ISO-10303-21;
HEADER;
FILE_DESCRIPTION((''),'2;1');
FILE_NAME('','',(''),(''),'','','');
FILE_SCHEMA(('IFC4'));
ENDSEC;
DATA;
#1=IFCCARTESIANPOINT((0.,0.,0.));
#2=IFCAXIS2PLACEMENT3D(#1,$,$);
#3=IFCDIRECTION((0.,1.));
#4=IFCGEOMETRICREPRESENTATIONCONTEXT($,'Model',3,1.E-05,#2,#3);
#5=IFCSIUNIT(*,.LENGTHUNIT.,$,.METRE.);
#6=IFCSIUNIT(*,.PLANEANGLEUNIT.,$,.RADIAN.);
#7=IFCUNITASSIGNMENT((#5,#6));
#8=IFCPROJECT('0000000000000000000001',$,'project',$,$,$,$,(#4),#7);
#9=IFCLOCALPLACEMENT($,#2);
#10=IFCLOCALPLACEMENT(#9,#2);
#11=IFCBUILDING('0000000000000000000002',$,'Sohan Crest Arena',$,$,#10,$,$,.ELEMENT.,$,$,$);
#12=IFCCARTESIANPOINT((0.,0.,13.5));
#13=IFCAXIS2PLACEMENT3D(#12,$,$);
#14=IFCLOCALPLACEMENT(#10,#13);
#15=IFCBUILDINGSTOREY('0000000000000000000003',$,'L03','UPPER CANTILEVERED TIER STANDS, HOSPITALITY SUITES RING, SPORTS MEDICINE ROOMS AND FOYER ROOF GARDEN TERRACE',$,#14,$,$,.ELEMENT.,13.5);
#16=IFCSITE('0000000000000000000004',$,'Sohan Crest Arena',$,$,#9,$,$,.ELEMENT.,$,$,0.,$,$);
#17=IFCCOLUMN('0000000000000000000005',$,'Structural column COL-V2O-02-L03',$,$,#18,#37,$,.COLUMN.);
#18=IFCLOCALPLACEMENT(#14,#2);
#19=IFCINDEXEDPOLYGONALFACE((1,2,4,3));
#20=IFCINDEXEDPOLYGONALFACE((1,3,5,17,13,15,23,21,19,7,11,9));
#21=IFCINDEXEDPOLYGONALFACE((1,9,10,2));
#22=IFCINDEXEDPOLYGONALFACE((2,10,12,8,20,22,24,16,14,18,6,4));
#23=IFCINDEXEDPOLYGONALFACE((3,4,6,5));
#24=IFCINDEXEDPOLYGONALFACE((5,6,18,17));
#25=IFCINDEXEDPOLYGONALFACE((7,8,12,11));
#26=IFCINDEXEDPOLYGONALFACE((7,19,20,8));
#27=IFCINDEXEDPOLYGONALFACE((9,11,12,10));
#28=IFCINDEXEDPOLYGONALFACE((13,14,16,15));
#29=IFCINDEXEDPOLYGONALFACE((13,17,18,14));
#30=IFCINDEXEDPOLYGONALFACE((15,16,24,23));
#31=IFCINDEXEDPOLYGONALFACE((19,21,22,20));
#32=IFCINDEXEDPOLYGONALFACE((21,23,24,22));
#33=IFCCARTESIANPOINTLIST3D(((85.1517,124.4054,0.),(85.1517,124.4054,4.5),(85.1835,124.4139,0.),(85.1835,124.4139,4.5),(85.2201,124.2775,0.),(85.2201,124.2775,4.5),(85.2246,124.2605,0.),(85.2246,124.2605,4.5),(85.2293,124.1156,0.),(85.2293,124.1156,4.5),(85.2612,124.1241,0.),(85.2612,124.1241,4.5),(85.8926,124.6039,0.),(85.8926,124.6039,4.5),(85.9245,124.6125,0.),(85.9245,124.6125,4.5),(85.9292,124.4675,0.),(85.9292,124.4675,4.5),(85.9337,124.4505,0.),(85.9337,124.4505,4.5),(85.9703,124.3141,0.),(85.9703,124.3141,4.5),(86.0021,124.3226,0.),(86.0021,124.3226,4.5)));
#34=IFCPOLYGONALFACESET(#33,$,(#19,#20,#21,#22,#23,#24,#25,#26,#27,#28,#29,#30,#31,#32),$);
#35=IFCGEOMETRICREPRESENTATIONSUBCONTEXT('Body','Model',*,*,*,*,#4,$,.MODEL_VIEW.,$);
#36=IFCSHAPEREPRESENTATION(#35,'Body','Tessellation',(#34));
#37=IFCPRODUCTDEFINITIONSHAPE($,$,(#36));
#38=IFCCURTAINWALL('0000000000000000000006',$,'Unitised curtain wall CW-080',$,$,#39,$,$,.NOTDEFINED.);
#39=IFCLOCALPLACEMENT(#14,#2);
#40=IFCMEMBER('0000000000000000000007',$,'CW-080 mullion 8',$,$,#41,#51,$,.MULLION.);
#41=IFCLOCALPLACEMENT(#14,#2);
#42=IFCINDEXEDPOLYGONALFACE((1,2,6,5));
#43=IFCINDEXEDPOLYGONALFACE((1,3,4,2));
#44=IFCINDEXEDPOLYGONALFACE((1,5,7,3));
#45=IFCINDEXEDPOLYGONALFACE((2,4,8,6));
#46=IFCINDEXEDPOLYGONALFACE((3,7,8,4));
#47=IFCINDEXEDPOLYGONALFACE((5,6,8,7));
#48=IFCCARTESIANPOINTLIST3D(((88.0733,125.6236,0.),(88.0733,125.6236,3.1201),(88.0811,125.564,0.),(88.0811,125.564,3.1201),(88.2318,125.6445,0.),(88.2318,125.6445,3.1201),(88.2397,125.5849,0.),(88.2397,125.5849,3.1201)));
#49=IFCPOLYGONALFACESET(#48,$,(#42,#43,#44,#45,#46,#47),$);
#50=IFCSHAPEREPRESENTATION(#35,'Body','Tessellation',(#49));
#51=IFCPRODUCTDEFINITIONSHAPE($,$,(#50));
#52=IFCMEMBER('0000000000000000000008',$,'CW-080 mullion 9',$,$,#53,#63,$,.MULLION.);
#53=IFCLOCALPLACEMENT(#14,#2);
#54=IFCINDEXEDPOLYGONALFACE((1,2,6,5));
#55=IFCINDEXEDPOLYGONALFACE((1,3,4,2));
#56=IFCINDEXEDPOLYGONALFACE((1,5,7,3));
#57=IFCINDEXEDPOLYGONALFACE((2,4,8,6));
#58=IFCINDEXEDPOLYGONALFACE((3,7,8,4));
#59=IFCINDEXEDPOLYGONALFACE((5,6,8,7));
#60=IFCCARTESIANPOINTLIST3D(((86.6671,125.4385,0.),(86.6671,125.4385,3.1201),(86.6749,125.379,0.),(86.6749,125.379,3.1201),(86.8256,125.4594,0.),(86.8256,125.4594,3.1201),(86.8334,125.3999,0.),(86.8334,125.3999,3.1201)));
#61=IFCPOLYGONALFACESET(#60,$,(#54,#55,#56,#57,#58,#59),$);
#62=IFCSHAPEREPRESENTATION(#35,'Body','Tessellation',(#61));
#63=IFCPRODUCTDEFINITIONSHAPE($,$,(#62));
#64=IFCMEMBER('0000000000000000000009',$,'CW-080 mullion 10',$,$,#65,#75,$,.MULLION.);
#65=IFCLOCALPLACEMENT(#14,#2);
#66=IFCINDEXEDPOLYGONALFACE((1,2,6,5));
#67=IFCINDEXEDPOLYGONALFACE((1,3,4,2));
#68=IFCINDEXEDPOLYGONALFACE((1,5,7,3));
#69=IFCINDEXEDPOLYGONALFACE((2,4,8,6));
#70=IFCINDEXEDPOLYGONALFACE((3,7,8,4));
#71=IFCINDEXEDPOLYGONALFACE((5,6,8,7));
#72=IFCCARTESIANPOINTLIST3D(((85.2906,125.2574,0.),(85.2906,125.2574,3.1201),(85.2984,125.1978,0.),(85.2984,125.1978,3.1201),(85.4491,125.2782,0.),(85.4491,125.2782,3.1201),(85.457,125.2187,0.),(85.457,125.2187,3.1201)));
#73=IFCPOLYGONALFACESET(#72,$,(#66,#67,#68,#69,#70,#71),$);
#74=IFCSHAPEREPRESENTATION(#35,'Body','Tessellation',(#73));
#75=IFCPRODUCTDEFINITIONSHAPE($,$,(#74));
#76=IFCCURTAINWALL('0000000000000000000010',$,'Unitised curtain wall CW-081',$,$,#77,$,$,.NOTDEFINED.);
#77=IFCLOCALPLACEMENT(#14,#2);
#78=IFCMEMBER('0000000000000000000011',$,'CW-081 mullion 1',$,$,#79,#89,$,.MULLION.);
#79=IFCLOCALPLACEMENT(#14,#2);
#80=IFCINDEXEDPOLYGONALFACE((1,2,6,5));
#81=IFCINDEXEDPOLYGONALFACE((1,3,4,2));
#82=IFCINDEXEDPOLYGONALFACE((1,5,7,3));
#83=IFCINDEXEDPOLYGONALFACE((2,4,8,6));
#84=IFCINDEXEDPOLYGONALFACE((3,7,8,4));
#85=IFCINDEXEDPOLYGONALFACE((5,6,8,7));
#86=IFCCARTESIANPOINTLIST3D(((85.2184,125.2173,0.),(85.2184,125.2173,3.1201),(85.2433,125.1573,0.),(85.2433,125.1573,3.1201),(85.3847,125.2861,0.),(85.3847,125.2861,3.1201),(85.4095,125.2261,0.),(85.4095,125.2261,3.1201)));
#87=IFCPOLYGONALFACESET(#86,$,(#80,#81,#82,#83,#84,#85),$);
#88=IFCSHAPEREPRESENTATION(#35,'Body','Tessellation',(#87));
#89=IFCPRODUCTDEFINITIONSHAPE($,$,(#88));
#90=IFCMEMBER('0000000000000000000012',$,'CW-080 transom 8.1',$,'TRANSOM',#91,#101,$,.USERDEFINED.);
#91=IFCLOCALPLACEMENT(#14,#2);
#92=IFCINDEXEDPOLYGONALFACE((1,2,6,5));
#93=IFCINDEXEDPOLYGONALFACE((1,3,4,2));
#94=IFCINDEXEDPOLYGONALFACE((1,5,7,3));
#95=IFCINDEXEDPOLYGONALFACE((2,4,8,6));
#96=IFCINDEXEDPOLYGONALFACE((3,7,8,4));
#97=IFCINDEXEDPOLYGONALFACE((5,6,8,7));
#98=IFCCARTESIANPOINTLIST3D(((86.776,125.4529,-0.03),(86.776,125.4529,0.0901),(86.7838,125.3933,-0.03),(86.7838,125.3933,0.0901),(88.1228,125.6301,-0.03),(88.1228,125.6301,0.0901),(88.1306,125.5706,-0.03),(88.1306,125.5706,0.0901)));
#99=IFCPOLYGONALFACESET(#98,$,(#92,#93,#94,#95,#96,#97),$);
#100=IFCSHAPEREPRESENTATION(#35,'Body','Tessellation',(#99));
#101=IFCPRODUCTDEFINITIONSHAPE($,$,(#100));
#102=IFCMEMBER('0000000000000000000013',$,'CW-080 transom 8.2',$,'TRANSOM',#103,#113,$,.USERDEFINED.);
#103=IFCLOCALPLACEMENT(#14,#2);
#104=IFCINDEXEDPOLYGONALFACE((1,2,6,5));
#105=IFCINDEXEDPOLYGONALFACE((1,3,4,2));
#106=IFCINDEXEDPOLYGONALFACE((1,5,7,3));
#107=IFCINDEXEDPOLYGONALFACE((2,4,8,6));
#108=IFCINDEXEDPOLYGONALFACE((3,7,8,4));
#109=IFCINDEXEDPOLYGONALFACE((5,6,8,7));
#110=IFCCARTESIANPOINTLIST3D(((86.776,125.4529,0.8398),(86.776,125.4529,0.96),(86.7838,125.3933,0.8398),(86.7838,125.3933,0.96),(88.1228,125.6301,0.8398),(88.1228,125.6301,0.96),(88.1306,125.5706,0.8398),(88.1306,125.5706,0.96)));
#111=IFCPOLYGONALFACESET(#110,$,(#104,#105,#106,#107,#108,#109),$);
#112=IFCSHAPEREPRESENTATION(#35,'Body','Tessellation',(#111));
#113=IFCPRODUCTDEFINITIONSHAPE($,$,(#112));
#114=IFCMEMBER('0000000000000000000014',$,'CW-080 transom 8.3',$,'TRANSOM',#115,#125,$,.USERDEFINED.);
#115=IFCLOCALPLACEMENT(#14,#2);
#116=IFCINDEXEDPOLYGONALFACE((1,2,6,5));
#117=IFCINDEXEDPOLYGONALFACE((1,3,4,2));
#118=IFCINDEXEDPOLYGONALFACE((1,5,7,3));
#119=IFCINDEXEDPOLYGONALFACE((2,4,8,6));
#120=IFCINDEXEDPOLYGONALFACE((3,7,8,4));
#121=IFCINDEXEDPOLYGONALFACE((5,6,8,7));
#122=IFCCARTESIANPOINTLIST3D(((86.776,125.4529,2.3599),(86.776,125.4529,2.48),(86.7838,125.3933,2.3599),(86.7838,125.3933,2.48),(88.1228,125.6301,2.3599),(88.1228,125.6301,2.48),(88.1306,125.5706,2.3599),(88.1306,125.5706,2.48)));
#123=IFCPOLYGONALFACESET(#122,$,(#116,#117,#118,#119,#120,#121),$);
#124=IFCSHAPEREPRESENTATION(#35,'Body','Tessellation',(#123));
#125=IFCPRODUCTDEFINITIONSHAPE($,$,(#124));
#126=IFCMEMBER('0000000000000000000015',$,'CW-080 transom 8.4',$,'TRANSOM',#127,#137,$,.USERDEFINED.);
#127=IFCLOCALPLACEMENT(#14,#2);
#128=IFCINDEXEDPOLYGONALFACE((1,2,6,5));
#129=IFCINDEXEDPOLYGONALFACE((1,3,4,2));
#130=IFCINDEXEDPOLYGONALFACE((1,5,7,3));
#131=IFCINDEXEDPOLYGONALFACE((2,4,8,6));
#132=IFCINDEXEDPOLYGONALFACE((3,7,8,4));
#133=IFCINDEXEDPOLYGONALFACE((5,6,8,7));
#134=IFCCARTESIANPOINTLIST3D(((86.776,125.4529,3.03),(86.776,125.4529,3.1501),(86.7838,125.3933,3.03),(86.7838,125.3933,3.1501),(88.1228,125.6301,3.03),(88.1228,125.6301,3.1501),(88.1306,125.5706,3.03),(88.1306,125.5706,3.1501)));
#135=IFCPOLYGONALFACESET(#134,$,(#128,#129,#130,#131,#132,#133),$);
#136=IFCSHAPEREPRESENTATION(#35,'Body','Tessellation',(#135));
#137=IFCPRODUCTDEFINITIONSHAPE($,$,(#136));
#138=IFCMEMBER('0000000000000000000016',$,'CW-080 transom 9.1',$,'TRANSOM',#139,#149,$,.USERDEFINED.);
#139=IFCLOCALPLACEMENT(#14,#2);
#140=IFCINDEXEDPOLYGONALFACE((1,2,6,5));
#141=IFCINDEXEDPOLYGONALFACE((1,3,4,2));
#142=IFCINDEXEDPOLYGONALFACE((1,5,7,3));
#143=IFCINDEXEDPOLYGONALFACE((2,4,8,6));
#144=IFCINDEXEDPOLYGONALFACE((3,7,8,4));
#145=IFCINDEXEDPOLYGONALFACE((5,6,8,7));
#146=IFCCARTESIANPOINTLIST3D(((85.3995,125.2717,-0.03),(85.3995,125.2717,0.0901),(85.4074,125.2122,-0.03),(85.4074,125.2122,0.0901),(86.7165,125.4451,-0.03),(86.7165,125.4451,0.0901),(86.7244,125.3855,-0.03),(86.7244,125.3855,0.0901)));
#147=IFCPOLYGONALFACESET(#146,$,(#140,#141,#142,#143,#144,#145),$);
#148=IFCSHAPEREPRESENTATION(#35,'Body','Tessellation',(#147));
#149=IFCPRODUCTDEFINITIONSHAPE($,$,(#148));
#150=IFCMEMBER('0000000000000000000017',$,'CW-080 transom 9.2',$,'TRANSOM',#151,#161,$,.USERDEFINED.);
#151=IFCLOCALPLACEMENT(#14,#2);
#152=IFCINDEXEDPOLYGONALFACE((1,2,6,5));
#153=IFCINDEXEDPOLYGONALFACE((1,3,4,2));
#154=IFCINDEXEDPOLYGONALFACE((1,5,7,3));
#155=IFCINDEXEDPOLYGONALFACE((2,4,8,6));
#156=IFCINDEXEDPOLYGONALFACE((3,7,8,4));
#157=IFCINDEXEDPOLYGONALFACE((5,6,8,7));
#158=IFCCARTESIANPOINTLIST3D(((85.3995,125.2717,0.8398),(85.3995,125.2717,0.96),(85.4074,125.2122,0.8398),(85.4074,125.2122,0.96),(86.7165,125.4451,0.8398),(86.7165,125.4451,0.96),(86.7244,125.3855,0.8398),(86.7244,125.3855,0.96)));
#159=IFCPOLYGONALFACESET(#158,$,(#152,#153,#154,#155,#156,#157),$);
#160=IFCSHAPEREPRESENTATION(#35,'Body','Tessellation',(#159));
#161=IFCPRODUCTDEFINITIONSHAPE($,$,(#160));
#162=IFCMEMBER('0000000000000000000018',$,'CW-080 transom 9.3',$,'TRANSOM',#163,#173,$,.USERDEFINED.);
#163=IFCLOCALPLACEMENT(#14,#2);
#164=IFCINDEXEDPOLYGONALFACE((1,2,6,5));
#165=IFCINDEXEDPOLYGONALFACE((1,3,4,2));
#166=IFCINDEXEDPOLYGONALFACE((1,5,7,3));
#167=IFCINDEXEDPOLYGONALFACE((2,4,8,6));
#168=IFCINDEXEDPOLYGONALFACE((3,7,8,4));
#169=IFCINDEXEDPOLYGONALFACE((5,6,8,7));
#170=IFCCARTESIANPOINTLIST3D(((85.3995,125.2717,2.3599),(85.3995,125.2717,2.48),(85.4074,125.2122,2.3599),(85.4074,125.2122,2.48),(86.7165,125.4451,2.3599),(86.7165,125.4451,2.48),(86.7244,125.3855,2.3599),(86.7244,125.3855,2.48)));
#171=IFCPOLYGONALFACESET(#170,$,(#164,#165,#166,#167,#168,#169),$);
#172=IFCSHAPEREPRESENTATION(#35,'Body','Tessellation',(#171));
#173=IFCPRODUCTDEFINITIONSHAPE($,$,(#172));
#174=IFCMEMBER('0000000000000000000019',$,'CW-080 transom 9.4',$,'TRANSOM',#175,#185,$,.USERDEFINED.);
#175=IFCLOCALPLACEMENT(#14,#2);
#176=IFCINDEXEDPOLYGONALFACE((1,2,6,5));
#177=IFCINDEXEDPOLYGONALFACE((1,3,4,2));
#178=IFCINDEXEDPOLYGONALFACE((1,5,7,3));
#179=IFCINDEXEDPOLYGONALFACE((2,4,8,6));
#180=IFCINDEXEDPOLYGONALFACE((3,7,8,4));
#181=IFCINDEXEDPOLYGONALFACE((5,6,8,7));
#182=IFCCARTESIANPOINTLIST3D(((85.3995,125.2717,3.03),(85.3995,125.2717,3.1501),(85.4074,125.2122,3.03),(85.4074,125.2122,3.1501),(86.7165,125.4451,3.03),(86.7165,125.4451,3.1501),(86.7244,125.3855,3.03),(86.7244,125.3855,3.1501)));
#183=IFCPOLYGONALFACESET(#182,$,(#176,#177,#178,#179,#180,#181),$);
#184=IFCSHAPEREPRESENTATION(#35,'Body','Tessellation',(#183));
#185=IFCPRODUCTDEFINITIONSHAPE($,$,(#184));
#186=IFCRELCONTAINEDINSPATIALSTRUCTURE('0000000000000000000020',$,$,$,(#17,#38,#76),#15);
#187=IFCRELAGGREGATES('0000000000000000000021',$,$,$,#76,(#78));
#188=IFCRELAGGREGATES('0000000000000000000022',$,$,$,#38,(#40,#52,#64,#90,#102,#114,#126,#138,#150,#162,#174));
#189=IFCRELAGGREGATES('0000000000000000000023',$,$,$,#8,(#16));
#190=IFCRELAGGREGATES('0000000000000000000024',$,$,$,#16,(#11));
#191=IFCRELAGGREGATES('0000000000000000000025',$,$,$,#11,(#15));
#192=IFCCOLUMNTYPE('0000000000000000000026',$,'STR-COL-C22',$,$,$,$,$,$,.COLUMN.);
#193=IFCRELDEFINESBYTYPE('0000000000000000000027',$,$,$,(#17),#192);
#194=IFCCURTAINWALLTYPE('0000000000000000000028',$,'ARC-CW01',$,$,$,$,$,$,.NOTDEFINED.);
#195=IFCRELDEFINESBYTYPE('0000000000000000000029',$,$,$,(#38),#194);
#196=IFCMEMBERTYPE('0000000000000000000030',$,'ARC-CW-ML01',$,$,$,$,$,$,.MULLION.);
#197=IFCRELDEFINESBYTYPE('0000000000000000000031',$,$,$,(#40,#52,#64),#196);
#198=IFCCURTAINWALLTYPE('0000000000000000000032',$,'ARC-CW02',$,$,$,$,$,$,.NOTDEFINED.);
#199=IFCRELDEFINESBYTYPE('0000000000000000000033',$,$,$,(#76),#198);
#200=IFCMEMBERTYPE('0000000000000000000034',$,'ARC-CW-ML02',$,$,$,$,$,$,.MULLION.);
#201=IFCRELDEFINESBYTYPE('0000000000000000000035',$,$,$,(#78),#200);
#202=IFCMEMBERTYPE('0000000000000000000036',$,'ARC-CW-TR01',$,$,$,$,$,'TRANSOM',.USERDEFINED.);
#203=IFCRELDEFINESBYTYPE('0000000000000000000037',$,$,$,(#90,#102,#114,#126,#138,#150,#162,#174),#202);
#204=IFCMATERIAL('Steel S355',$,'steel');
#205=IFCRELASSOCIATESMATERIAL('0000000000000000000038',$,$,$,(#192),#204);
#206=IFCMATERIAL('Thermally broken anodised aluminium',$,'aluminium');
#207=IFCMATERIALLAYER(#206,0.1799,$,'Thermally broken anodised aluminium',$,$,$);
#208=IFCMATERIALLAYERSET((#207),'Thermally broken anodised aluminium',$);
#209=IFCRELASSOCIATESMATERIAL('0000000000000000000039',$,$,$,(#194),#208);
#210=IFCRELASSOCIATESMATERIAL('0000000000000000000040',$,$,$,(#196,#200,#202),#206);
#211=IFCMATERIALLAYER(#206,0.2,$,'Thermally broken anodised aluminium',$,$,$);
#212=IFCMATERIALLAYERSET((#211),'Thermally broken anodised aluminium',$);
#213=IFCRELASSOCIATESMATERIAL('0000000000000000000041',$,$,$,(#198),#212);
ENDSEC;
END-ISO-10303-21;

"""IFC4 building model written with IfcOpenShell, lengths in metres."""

from ifc_helpers import new_model, si_unit, direction, frame, origin, origin_2d, place, context, subcontext, project, spatial, rectangle, i_section, extrude, material, layer, layer_set, material_profile, profile_set, type_object, element, aggregate, save


model = new_model("IFC4")

# Units and contexts
model_context = context("Model", 3, precision=1e-05, world=origin(), true_north=direction((0.0, 1.0)))
body_context = subcontext(model_context, "Body", "Model", "MODEL_VIEW")
ifc_project = project(units=[si_unit("LENGTHUNIT", "METRE"), si_unit("PLANEANGLEUNIT", "RADIAN")], contexts=[model_context])

# Site, building, storey
site_placement = place(None, origin())
site = spatial("IfcSite", under=ifc_project, at=site_placement, Name="Sohan Crest Arena", CompositionType="ELEMENT", RefElevation=0.0)
building_placement = place(site_placement, origin())
building = spatial("IfcBuilding", under=site, at=building_placement, Name="Sohan Crest Arena", CompositionType="ELEMENT")
storey_placement = place(building_placement, frame((0.0, 0.0, 13.5)))
storey = spatial("IfcBuildingStorey", under=building, at=storey_placement, Name="L03", Description="UPPER CANTILEVERED TIER STANDS, HOSPITALITY SUITES RING, SPORTS MEDICINE ROOMS AND FOYER ROOF GARDEN TERRACE", CompositionType="ELEMENT", Elevation=13.5)

# Column
ifc_material_1 = material(Name="Steel S355", Category="steel")
ifc_material_profile_1 = material_profile(ifc_material_1, i_section(OverallWidth=0.3, OverallDepth=0.8, WebThickness=0.0176, FlangeThickness=0.033, at=origin_2d()), Name="HEB 800")
ifc_profile_set_1 = profile_set([ifc_material_profile_1], Name="Steel S355")
column_type = type_object("IfcColumnType", Name="STR-COL-C22", PredefinedType="COLUMN", material=ifc_profile_set_1)
column_placement = place(storey_placement, frame((85.5769, 124.364, 0.0), z_axis=(0.0, 0.0, 1.0), x_axis=(-0.258819, 0.965926, 0.0)))
element("IfcColumn", 1, at=column_placement, inside=storey, type_object=column_type, Name="Structural column COL-V2O-02-L03", PredefinedType="COLUMN", context=body_context, shape_type="SweptSolid", body=[
    extrude(i_section(OverallWidth=0.3, OverallDepth=0.8, WebThickness=0.0176, FlangeThickness=0.033, at=origin_2d()), origin(), (0.0, 0.0, 1.0), 4.5),
])

# Curtain wall, members
ifc_material_2 = material(Name="Thermally broken anodised aluminium", Category="aluminium")
ifc_layer_1 = layer(ifc_material_2, 0.1799, Name="Thermally broken anodised aluminium")
ifc_layer_set_1 = layer_set([ifc_layer_1], Name="Thermally broken anodised aluminium")
curtain_wall_type_1 = type_object("IfcCurtainWallType", Name="ARC-CW01", PredefinedType="NOTDEFINED", material=ifc_layer_set_1)
curtain_wall_1_placement = place(storey_placement, origin())
curtain_wall_1 = element("IfcCurtainWall", 2, at=curtain_wall_1_placement, inside=storey, type_object=curtain_wall_type_1, Name="Unitised curtain wall CW-080", PredefinedType="NOTDEFINED")
ifc_material_profile_2 = material_profile(ifc_material_2, rectangle(XDim=0.0601, YDim=0.1599, at=origin_2d()), Name="ALU-MULL 60x160")
ifc_profile_set_2 = profile_set([ifc_material_profile_2], Name="Thermally broken anodised aluminium")
member_type_1 = type_object("IfcMemberType", Name="ARC-CW-ML01", PredefinedType="MULLION", material=ifc_profile_set_2)
member_1_placement = place(storey_placement, frame((88.1565, 125.6042, 0.0), z_axis=(0.0, 0.0, 1.0), x_axis=(0.130511, -0.991447, 0.0)))
member_1 = element("IfcMember", 3, at=member_1_placement, type_object=member_type_1, Name="CW-080 mullion 8", PredefinedType="MULLION", context=body_context, shape_type="SweptSolid", body=[
    extrude(rectangle(XDim=0.0601, YDim=0.1599, at=origin_2d()), origin(), (0.0, 0.0, 1.0), 3.1201),
])
member_2_placement = place(storey_placement, frame((86.7502, 125.4192, 0.0), z_axis=(0.0, 0.0, 1.0), x_axis=(0.130511, -0.991447, 0.0)))
member_2 = element("IfcMember", 4, at=member_2_placement, type_object=member_type_1, Name="CW-080 mullion 9", PredefinedType="MULLION", context=body_context, shape_type="SweptSolid", body=[
    extrude(rectangle(XDim=0.0601, YDim=0.1599, at=origin_2d()), origin(), (0.0, 0.0, 1.0), 3.1201),
])
member_3_placement = place(storey_placement, frame((85.3738, 125.238, 0.0), z_axis=(0.0, 0.0, 1.0), x_axis=(0.130511, -0.991447, 0.0)))
member_3 = element("IfcMember", 5, at=member_3_placement, type_object=member_type_1, Name="CW-080 mullion 10", PredefinedType="MULLION", context=body_context, shape_type="SweptSolid", body=[
    extrude(rectangle(XDim=0.0601, YDim=0.1599, at=origin_2d()), origin(), (0.0, 0.0, 1.0), 3.1201),
])

# Curtain wall, member
ifc_layer_2 = layer(ifc_material_2, 0.2, Name="Thermally broken anodised aluminium")
ifc_layer_set_2 = layer_set([ifc_layer_2], Name="Thermally broken anodised aluminium")
curtain_wall_type_2 = type_object("IfcCurtainWallType", Name="ARC-CW02", PredefinedType="NOTDEFINED", material=ifc_layer_set_2)
curtain_wall_2_placement = place(storey_placement, origin())
curtain_wall_2 = element("IfcCurtainWall", 6, at=curtain_wall_2_placement, inside=storey, type_object=curtain_wall_type_2, Name="Unitised curtain wall CW-081", PredefinedType="NOTDEFINED")
ifc_material_profile_3 = material_profile(ifc_material_2, rectangle(XDim=0.0649, YDim=0.1799, at=origin_2d()), Name="ALU-MULL 65x180")
ifc_profile_set_3 = profile_set([ifc_material_profile_3], Name="Thermally broken anodised aluminium")
member_type_2 = type_object("IfcMemberType", Name="ARC-CW-ML02", PredefinedType="MULLION", material=ifc_profile_set_3)
member_4_placement = place(storey_placement, frame((85.314, 125.2217, 0.0), z_axis=(0.0, 0.0, 1.0), x_axis=(0.382668, -0.923886, 0.0)))
member_4 = element("IfcMember", 7, at=member_4_placement, type_object=member_type_2, Name="CW-081 mullion 1", PredefinedType="MULLION", context=body_context, shape_type="SweptSolid", body=[
    extrude(rectangle(XDim=0.0649, YDim=0.1799, at=origin_2d()), origin(), (0.0, 0.0, 1.0), 3.1201),
])

# Members
ifc_material_profile_4 = material_profile(ifc_material_2, rectangle(XDim=0.0601, YDim=0.1201, at=origin_2d()), Name="ALU-TRAN 60x120")
ifc_profile_set_4 = profile_set([ifc_material_profile_4], Name="Thermally broken anodised aluminium")
member_type_3 = type_object("IfcMemberType", Name="ARC-CW-TR01", ElementType="TRANSOM", PredefinedType="USERDEFINED", material=ifc_profile_set_4)
member_5_placement = place(storey_placement, frame((88.1267, 125.6003, 0.03), z_axis=(-0.991449, -0.130492, 0.0), x_axis=(0.130492, -0.991449, 0.0)))
member_5 = element("IfcMember", 8, at=member_5_placement, type_object=member_type_3, Name="CW-080 transom 8.1", ObjectType="TRANSOM", PredefinedType="USERDEFINED", context=body_context, shape_type="SweptSolid", body=[
    extrude(rectangle(XDim=0.0601, YDim=0.1201, at=origin_2d()), origin(), (0.0, 0.0, 1.0), 1.3584),
])
member_6_placement = place(storey_placement, frame((88.1267, 125.6003, 0.8999), z_axis=(-0.991449, -0.130492, 0.0), x_axis=(0.130492, -0.991449, 0.0)))
member_6 = element("IfcMember", 9, at=member_6_placement, type_object=member_type_3, Name="CW-080 transom 8.2", ObjectType="TRANSOM", PredefinedType="USERDEFINED", context=body_context, shape_type="SweptSolid", body=[
    extrude(rectangle(XDim=0.0601, YDim=0.1201, at=origin_2d()), origin(), (0.0, 0.0, 1.0), 1.3584),
])
member_7_placement = place(storey_placement, frame((88.1267, 125.6003, 2.4199), z_axis=(-0.991449, -0.130492, 0.0), x_axis=(0.130492, -0.991449, 0.0)))
member_7 = element("IfcMember", 10, at=member_7_placement, type_object=member_type_3, Name="CW-080 transom 8.3", ObjectType="TRANSOM", PredefinedType="USERDEFINED", context=body_context, shape_type="SweptSolid", body=[
    extrude(rectangle(XDim=0.0601, YDim=0.1201, at=origin_2d()), origin(), (0.0, 0.0, 1.0), 1.3584),
])
member_8_placement = place(storey_placement, frame((88.1267, 125.6003, 3.0901), z_axis=(-0.991449, -0.130492, 0.0), x_axis=(0.130492, -0.991449, 0.0)))
member_8 = element("IfcMember", 11, at=member_8_placement, type_object=member_type_3, Name="CW-080 transom 8.4", ObjectType="TRANSOM", PredefinedType="USERDEFINED", context=body_context, shape_type="SweptSolid", body=[
    extrude(rectangle(XDim=0.0601, YDim=0.1201, at=origin_2d()), origin(), (0.0, 0.0, 1.0), 1.3584),
])
member_9_placement = place(storey_placement, frame((86.7205, 125.4153, 0.03), z_axis=(-0.991448, -0.130502, 0.0), x_axis=(0.130502, -0.991448, 0.0)))
member_9 = element("IfcMember", 12, at=member_9_placement, type_object=member_type_3, Name="CW-080 transom 9.1", ObjectType="TRANSOM", PredefinedType="USERDEFINED", context=body_context, shape_type="SweptSolid", body=[
    extrude(rectangle(XDim=0.0601, YDim=0.1201, at=origin_2d()), origin(), (0.0, 0.0, 1.0), 1.3284),
])
member_10_placement = place(storey_placement, frame((86.7205, 125.4153, 0.8999), z_axis=(-0.991448, -0.130502, 0.0), x_axis=(0.130502, -0.991448, 0.0)))
member_10 = element("IfcMember", 13, at=member_10_placement, type_object=member_type_3, Name="CW-080 transom 9.2", ObjectType="TRANSOM", PredefinedType="USERDEFINED", context=body_context, shape_type="SweptSolid", body=[
    extrude(rectangle(XDim=0.0601, YDim=0.1201, at=origin_2d()), origin(), (0.0, 0.0, 1.0), 1.3284),
])
member_11_placement = place(storey_placement, frame((86.7205, 125.4153, 2.4199), z_axis=(-0.991448, -0.130502, 0.0), x_axis=(0.130502, -0.991448, 0.0)))
member_11 = element("IfcMember", 14, at=member_11_placement, type_object=member_type_3, Name="CW-080 transom 9.3", ObjectType="TRANSOM", PredefinedType="USERDEFINED", context=body_context, shape_type="SweptSolid", body=[
    extrude(rectangle(XDim=0.0601, YDim=0.1201, at=origin_2d()), origin(), (0.0, 0.0, 1.0), 1.3284),
])
member_12_placement = place(storey_placement, frame((86.7205, 125.4153, 3.0901), z_axis=(-0.991448, -0.130502, 0.0), x_axis=(0.130502, -0.991448, 0.0)))
member_12 = element("IfcMember", 15, at=member_12_placement, type_object=member_type_3, Name="CW-080 transom 9.4", ObjectType="TRANSOM", PredefinedType="USERDEFINED", context=body_context, shape_type="SweptSolid", body=[
    extrude(rectangle(XDim=0.0601, YDim=0.1201, at=origin_2d()), origin(), (0.0, 0.0, 1.0), 1.3284),
])
aggregate(curtain_wall_2, [member_4])

aggregate(curtain_wall_1, [member_1, member_2, member_3, member_5, member_6, member_7, member_8, member_9, member_10, member_11, member_12])

save(model, "model.ifc")
